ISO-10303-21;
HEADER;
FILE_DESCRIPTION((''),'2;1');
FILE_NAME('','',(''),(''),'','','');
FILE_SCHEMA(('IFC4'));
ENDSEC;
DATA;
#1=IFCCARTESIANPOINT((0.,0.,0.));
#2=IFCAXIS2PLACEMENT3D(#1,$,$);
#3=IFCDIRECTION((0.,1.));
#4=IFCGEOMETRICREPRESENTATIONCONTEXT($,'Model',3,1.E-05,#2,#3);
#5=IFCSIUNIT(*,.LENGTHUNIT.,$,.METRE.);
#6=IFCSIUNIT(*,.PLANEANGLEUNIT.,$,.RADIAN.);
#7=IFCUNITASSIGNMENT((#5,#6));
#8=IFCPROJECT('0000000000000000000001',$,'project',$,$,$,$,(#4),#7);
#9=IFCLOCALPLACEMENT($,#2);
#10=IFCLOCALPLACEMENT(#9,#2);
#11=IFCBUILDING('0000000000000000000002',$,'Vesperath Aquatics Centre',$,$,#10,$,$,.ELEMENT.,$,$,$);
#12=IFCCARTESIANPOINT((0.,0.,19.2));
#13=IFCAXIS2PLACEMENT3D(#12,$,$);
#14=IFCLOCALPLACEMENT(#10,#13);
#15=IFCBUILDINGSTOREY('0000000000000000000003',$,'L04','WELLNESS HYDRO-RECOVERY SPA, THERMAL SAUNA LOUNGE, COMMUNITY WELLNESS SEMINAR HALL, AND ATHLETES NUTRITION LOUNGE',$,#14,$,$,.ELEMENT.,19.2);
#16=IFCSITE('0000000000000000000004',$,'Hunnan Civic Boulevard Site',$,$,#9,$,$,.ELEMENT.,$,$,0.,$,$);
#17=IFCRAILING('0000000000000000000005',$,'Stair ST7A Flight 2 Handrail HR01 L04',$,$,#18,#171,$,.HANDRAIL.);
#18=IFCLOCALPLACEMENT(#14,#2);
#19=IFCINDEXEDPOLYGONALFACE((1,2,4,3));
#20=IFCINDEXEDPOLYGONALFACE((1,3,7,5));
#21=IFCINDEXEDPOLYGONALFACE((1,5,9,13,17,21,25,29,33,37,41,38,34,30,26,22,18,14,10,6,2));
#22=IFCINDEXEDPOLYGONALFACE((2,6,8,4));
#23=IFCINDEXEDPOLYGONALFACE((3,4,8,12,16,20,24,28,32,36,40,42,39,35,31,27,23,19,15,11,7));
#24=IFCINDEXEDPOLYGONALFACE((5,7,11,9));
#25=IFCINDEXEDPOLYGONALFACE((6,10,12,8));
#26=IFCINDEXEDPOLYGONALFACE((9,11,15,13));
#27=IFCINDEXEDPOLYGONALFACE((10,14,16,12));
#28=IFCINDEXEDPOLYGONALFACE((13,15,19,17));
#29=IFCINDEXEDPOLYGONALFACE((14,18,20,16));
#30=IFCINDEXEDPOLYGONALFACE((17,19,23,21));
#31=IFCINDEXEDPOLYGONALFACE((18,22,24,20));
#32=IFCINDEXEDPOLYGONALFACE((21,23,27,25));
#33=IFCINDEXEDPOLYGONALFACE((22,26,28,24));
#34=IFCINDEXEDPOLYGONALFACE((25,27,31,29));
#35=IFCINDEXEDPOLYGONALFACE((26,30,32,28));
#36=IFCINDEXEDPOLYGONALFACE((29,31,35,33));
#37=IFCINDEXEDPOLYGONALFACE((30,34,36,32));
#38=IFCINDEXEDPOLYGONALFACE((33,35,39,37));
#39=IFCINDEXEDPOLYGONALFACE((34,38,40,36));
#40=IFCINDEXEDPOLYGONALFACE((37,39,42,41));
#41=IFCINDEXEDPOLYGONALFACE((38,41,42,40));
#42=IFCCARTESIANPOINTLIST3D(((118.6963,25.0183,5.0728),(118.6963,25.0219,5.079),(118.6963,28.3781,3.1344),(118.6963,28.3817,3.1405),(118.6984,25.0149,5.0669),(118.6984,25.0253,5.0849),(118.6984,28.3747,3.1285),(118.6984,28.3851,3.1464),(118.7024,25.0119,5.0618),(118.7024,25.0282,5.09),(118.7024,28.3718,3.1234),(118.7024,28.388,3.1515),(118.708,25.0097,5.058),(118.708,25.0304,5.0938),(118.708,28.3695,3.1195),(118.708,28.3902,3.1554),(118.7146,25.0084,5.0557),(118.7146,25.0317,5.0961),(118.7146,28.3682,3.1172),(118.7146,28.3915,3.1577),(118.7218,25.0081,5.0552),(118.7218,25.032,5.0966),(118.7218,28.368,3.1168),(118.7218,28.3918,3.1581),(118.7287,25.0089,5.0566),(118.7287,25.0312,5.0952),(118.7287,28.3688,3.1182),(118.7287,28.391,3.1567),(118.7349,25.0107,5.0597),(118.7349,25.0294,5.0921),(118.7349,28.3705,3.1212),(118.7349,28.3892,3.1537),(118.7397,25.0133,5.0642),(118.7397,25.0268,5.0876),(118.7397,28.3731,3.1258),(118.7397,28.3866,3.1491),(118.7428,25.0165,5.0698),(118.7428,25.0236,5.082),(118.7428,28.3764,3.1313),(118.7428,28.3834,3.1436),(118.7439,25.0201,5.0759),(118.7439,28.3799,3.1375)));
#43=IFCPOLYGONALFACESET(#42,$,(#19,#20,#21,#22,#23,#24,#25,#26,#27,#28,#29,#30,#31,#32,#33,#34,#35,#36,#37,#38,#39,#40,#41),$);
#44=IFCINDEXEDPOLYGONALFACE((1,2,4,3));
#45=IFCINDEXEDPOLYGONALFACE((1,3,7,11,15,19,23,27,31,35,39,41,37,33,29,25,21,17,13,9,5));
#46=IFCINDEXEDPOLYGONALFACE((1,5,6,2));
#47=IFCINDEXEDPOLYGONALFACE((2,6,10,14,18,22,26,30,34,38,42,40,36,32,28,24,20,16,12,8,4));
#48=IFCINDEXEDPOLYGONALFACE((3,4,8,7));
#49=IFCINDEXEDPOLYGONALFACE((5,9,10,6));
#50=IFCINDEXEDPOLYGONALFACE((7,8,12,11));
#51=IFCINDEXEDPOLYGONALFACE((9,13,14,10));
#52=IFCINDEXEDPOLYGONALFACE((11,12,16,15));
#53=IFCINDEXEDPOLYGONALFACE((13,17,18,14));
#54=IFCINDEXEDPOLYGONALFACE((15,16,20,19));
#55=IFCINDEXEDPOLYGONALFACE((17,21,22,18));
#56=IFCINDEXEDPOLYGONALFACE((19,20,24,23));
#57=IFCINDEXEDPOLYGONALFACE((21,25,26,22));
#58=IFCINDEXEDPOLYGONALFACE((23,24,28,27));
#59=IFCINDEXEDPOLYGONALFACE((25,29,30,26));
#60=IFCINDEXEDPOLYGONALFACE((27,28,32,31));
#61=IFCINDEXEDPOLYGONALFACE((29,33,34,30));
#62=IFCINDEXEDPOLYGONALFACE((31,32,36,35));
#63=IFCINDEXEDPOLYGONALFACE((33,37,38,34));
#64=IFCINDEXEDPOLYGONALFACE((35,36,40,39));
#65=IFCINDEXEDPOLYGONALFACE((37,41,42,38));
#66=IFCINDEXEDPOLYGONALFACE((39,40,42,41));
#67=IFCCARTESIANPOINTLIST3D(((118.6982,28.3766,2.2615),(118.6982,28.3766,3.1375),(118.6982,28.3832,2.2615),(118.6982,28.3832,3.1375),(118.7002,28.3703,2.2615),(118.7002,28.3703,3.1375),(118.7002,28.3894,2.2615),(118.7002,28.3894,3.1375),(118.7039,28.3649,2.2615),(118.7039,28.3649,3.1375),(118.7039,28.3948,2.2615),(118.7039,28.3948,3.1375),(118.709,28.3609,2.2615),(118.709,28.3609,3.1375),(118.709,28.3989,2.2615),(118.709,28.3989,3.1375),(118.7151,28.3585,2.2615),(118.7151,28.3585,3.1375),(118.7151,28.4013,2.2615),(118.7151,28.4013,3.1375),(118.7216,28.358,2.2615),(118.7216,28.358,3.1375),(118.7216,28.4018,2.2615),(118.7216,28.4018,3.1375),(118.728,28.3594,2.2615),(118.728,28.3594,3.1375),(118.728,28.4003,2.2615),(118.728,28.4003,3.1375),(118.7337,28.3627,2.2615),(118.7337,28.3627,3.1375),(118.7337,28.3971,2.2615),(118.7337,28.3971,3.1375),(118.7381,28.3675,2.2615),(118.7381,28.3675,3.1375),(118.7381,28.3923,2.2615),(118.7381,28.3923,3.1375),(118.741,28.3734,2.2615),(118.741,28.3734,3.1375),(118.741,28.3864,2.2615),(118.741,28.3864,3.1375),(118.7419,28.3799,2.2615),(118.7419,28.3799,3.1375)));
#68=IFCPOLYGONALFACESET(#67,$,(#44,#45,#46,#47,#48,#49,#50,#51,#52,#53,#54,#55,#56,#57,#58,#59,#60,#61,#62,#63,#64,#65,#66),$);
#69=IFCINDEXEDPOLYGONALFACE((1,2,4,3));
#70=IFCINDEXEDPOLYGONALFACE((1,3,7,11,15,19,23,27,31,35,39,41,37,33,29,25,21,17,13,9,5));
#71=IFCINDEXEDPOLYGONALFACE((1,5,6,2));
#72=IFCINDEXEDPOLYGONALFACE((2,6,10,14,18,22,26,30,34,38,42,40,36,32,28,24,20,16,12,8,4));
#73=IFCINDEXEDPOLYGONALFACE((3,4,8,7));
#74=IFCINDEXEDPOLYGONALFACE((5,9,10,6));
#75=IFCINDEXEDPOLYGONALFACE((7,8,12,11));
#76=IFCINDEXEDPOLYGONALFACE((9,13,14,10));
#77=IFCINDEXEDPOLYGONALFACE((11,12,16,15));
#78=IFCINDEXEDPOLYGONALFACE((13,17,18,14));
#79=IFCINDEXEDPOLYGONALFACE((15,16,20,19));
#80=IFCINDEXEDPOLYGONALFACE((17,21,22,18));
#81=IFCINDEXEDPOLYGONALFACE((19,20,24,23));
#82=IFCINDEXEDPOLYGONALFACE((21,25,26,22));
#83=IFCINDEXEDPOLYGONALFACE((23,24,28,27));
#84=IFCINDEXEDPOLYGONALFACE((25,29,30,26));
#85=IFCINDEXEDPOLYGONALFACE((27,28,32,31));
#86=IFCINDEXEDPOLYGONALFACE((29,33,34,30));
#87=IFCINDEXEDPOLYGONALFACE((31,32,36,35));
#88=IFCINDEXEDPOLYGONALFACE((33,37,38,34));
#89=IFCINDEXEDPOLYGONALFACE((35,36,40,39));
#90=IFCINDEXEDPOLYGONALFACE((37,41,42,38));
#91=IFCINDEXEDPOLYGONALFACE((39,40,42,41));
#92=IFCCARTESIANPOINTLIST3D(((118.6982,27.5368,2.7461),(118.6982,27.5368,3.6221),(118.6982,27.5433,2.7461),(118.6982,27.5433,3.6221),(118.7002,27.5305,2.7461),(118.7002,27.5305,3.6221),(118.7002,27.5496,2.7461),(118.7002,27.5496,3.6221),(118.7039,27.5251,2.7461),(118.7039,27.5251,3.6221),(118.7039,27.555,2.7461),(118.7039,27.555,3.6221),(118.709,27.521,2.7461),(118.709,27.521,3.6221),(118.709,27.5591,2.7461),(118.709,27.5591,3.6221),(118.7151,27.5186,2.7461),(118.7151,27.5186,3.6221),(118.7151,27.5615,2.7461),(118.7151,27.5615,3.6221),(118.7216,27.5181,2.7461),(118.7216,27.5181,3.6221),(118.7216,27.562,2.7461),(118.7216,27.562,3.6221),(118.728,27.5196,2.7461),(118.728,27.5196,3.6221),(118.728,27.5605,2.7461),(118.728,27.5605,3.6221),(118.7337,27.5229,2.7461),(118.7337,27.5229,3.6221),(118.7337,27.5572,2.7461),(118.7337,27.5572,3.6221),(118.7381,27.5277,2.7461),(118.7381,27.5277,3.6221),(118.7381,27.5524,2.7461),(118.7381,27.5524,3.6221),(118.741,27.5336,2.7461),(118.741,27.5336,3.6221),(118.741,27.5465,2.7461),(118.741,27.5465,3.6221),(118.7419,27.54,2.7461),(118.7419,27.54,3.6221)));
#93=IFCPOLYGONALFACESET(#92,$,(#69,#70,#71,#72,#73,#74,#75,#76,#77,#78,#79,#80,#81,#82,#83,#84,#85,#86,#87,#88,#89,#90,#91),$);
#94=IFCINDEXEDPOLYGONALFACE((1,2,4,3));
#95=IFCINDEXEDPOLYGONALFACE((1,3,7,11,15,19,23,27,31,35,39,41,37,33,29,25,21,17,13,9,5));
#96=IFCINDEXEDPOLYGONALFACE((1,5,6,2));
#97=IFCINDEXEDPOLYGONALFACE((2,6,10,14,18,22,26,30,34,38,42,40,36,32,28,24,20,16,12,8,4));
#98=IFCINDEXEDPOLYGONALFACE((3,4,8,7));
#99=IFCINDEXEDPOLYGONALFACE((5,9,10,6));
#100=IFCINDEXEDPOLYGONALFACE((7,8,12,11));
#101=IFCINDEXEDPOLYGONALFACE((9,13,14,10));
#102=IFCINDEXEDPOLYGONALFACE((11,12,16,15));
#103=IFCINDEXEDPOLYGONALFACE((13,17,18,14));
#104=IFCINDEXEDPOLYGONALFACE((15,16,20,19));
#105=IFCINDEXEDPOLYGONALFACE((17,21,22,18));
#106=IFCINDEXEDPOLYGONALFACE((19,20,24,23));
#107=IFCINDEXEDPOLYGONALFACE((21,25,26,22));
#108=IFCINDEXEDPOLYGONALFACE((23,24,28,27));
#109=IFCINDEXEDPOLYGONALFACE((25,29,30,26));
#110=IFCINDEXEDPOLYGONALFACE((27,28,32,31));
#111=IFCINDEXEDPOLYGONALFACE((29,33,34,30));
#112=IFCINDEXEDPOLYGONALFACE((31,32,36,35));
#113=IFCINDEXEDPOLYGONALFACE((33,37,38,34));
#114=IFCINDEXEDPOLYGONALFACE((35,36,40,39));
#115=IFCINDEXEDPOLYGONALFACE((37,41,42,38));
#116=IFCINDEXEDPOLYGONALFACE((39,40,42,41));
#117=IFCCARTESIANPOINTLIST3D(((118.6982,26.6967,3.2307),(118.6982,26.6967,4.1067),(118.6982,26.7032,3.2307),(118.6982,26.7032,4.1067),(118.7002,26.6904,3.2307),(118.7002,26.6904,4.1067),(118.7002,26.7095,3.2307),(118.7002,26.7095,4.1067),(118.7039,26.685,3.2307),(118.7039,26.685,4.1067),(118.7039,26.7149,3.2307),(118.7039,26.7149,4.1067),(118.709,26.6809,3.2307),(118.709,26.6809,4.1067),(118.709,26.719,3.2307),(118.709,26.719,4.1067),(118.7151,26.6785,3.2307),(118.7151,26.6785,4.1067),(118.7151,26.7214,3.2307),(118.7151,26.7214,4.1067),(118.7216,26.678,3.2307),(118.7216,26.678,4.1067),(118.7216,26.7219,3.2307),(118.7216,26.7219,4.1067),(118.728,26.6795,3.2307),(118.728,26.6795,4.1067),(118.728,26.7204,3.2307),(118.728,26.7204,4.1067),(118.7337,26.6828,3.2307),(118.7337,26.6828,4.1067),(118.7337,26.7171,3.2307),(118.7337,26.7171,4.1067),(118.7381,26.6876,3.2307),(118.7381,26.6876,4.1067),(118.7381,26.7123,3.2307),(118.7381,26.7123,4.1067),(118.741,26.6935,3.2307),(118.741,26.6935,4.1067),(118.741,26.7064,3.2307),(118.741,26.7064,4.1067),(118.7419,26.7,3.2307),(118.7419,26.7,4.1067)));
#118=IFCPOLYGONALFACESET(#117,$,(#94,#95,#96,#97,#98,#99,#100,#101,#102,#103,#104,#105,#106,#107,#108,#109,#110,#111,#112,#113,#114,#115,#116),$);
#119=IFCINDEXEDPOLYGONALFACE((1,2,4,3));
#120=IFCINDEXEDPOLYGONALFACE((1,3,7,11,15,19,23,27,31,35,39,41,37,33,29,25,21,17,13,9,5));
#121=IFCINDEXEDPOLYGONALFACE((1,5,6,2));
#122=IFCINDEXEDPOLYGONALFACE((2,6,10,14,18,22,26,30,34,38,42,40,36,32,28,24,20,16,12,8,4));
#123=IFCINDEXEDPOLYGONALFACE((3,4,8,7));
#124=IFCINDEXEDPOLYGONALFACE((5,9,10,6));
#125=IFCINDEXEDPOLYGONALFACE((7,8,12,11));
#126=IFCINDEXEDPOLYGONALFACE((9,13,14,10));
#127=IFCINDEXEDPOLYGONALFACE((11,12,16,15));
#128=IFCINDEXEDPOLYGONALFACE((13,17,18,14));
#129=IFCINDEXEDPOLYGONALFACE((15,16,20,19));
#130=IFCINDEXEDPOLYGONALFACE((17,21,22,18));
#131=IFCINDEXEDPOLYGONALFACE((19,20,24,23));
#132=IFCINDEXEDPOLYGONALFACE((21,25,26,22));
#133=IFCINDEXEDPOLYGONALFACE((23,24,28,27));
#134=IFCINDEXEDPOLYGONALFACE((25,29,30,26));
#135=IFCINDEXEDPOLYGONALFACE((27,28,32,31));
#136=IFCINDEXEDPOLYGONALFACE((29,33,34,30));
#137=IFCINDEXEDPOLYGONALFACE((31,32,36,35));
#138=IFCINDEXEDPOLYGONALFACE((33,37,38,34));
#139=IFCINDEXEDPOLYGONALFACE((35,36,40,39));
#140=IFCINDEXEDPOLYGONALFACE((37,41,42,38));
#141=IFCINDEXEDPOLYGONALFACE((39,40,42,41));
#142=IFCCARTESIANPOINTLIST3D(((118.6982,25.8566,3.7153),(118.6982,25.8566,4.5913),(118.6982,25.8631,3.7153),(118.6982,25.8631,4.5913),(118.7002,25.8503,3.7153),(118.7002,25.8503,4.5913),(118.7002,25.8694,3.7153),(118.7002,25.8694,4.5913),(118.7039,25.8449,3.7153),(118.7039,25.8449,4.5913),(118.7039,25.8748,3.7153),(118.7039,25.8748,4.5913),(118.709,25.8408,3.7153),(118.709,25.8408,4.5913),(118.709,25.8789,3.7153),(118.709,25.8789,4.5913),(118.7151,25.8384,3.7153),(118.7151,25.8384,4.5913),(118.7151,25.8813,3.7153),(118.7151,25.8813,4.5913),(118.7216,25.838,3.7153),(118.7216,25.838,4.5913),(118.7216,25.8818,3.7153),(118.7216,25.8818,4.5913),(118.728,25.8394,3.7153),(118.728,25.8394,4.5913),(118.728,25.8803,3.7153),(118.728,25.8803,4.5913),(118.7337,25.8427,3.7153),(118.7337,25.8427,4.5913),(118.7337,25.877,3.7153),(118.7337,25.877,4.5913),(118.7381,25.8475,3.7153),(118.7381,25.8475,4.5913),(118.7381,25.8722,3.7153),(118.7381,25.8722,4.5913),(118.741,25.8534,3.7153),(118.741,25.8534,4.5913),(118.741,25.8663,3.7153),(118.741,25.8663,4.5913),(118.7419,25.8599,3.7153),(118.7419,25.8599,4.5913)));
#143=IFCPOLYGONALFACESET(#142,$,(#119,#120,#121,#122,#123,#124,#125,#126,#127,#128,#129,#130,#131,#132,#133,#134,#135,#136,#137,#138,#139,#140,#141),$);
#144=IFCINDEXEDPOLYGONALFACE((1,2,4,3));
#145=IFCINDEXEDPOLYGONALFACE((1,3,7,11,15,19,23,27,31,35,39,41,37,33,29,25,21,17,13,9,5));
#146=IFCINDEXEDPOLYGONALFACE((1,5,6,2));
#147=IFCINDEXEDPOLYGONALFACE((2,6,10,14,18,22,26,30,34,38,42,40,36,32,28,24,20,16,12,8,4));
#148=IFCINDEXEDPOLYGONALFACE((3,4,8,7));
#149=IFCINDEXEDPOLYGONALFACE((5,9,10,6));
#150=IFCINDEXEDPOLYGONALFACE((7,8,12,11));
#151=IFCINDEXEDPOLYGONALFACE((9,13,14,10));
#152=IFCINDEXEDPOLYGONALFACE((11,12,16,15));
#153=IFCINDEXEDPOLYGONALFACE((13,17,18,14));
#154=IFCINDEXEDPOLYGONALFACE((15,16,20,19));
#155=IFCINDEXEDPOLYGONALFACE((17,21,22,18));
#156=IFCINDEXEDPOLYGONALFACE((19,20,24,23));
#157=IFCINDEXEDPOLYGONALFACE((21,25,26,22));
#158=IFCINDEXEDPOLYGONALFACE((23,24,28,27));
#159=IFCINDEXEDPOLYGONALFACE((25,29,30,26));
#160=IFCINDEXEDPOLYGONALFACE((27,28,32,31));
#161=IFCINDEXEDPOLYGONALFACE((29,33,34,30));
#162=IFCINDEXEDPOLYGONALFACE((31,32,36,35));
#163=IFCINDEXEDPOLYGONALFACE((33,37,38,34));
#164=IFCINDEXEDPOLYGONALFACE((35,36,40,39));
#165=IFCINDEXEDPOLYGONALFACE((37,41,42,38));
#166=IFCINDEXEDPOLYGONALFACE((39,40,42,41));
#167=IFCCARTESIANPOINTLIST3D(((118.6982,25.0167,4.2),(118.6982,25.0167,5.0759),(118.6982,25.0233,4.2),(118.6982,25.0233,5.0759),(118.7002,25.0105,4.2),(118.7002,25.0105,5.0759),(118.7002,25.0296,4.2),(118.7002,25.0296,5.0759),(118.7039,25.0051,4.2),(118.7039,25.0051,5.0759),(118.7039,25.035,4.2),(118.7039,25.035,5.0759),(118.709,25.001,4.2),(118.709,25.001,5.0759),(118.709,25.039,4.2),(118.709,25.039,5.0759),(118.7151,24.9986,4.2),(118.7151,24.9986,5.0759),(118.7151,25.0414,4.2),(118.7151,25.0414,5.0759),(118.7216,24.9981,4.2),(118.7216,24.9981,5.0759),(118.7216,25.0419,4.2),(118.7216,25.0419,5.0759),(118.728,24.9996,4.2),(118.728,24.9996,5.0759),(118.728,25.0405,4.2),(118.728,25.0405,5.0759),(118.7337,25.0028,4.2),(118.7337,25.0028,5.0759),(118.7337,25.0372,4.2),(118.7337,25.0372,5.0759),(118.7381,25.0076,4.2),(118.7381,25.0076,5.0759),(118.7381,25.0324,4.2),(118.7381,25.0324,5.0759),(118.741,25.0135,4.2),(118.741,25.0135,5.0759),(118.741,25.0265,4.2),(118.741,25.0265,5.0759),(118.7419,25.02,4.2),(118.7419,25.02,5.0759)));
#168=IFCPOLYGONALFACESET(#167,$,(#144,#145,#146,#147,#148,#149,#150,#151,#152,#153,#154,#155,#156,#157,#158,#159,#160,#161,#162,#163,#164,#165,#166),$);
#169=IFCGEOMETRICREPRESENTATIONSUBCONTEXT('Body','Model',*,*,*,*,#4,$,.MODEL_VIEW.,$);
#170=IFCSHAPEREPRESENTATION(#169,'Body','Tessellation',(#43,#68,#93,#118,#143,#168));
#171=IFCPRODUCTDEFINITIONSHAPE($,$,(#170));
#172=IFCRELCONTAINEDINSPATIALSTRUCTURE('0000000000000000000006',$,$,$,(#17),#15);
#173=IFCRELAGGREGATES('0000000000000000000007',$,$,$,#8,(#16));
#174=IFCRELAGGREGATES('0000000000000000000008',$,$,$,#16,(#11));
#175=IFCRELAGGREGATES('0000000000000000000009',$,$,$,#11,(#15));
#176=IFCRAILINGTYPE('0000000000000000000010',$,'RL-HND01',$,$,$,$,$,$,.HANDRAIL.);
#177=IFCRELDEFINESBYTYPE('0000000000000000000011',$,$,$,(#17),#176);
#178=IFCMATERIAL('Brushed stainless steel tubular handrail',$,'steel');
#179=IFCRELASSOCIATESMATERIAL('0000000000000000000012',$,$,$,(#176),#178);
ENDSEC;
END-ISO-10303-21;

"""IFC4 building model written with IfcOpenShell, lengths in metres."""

from ifc_helpers import new_model, si_unit, direction, frame, origin, origin_2d, place, context, subcontext, project, spatial, circle, extrude, material, type_object, element, save


model = new_model("IFC4")

# Units and contexts
model_context = context("Model", 3, precision=1e-05, world=origin(), true_north=direction((0.0, 1.0)))
body_context = subcontext(model_context, "Body", "Model", "MODEL_VIEW")
ifc_project = project(units=[si_unit("LENGTHUNIT", "METRE"), si_unit("PLANEANGLEUNIT", "RADIAN")], contexts=[model_context])

# Site, building, storey
site_placement = place(None, origin())
site = spatial("IfcSite", under=ifc_project, at=site_placement, Name="Hunnan Civic Boulevard Site", CompositionType="ELEMENT", RefElevation=0.0)
building_placement = place(site_placement, origin())
building = spatial("IfcBuilding", under=site, at=building_placement, Name="Vesperath Aquatics Centre", CompositionType="ELEMENT")
storey_placement = place(building_placement, frame((0.0, 0.0, 19.2)))
storey = spatial("IfcBuildingStorey", under=building, at=storey_placement, Name="L04", Description="WELLNESS HYDRO-RECOVERY SPA, THERMAL SAUNA LOUNGE, COMMUNITY WELLNESS SEMINAR HALL, AND ATHLETES NUTRITION LOUNGE", CompositionType="ELEMENT", Elevation=19.2)

# Railing
ifc_material_1 = material(Name="Brushed stainless steel tubular handrail", Category="steel")
railing_type_1 = type_object("IfcRailingType", Name="RL-HND01", PredefinedType="HANDRAIL", material=ifc_material_1)
railing_1_placement = place(storey_placement, frame((118.72, 28.3799, 2.2615)))
element("IfcRailing", 1, at=railing_1_placement, inside=storey, type_object=railing_type_1, Name="Stair ST7A Flight 2 Handrail HR01 L04", PredefinedType="HANDRAIL", context=body_context, shape_type="SweptSolid", body=[
    extrude(circle(Radius=0.0239, at=origin_2d()), frame((0.0, 0.0, 0.876), z_axis=(0.0, -0.866175, 0.499741), x_axis=(1.0, 0.0, 0.0)), (0.0, 0.0, 1.0), 3.8789),
    extrude(circle(Radius=0.022, at=origin_2d()), origin(), (0.0, 0.0, 1.0), 0.876),
    extrude(circle(Radius=0.022, at=origin_2d()), frame((0.0, -0.8398, 0.4846)), (0.0, 0.0, 1.0), 0.876),
    extrude(circle(Radius=0.022, at=origin_2d()), frame((0.0, -1.6799, 0.9692)), (0.0, 0.0, 1.0), 0.876),
    extrude(circle(Radius=0.022, at=origin_2d()), frame((0.0, -2.52, 1.4539)), (0.0, 0.0, 1.0), 0.876),
    extrude(circle(Radius=0.022, at=origin_2d()), frame((0.0, -3.3599, 1.9385)), (0.0, 0.0, 1.0), 0.876),
])

save(model, "model.ifc")
